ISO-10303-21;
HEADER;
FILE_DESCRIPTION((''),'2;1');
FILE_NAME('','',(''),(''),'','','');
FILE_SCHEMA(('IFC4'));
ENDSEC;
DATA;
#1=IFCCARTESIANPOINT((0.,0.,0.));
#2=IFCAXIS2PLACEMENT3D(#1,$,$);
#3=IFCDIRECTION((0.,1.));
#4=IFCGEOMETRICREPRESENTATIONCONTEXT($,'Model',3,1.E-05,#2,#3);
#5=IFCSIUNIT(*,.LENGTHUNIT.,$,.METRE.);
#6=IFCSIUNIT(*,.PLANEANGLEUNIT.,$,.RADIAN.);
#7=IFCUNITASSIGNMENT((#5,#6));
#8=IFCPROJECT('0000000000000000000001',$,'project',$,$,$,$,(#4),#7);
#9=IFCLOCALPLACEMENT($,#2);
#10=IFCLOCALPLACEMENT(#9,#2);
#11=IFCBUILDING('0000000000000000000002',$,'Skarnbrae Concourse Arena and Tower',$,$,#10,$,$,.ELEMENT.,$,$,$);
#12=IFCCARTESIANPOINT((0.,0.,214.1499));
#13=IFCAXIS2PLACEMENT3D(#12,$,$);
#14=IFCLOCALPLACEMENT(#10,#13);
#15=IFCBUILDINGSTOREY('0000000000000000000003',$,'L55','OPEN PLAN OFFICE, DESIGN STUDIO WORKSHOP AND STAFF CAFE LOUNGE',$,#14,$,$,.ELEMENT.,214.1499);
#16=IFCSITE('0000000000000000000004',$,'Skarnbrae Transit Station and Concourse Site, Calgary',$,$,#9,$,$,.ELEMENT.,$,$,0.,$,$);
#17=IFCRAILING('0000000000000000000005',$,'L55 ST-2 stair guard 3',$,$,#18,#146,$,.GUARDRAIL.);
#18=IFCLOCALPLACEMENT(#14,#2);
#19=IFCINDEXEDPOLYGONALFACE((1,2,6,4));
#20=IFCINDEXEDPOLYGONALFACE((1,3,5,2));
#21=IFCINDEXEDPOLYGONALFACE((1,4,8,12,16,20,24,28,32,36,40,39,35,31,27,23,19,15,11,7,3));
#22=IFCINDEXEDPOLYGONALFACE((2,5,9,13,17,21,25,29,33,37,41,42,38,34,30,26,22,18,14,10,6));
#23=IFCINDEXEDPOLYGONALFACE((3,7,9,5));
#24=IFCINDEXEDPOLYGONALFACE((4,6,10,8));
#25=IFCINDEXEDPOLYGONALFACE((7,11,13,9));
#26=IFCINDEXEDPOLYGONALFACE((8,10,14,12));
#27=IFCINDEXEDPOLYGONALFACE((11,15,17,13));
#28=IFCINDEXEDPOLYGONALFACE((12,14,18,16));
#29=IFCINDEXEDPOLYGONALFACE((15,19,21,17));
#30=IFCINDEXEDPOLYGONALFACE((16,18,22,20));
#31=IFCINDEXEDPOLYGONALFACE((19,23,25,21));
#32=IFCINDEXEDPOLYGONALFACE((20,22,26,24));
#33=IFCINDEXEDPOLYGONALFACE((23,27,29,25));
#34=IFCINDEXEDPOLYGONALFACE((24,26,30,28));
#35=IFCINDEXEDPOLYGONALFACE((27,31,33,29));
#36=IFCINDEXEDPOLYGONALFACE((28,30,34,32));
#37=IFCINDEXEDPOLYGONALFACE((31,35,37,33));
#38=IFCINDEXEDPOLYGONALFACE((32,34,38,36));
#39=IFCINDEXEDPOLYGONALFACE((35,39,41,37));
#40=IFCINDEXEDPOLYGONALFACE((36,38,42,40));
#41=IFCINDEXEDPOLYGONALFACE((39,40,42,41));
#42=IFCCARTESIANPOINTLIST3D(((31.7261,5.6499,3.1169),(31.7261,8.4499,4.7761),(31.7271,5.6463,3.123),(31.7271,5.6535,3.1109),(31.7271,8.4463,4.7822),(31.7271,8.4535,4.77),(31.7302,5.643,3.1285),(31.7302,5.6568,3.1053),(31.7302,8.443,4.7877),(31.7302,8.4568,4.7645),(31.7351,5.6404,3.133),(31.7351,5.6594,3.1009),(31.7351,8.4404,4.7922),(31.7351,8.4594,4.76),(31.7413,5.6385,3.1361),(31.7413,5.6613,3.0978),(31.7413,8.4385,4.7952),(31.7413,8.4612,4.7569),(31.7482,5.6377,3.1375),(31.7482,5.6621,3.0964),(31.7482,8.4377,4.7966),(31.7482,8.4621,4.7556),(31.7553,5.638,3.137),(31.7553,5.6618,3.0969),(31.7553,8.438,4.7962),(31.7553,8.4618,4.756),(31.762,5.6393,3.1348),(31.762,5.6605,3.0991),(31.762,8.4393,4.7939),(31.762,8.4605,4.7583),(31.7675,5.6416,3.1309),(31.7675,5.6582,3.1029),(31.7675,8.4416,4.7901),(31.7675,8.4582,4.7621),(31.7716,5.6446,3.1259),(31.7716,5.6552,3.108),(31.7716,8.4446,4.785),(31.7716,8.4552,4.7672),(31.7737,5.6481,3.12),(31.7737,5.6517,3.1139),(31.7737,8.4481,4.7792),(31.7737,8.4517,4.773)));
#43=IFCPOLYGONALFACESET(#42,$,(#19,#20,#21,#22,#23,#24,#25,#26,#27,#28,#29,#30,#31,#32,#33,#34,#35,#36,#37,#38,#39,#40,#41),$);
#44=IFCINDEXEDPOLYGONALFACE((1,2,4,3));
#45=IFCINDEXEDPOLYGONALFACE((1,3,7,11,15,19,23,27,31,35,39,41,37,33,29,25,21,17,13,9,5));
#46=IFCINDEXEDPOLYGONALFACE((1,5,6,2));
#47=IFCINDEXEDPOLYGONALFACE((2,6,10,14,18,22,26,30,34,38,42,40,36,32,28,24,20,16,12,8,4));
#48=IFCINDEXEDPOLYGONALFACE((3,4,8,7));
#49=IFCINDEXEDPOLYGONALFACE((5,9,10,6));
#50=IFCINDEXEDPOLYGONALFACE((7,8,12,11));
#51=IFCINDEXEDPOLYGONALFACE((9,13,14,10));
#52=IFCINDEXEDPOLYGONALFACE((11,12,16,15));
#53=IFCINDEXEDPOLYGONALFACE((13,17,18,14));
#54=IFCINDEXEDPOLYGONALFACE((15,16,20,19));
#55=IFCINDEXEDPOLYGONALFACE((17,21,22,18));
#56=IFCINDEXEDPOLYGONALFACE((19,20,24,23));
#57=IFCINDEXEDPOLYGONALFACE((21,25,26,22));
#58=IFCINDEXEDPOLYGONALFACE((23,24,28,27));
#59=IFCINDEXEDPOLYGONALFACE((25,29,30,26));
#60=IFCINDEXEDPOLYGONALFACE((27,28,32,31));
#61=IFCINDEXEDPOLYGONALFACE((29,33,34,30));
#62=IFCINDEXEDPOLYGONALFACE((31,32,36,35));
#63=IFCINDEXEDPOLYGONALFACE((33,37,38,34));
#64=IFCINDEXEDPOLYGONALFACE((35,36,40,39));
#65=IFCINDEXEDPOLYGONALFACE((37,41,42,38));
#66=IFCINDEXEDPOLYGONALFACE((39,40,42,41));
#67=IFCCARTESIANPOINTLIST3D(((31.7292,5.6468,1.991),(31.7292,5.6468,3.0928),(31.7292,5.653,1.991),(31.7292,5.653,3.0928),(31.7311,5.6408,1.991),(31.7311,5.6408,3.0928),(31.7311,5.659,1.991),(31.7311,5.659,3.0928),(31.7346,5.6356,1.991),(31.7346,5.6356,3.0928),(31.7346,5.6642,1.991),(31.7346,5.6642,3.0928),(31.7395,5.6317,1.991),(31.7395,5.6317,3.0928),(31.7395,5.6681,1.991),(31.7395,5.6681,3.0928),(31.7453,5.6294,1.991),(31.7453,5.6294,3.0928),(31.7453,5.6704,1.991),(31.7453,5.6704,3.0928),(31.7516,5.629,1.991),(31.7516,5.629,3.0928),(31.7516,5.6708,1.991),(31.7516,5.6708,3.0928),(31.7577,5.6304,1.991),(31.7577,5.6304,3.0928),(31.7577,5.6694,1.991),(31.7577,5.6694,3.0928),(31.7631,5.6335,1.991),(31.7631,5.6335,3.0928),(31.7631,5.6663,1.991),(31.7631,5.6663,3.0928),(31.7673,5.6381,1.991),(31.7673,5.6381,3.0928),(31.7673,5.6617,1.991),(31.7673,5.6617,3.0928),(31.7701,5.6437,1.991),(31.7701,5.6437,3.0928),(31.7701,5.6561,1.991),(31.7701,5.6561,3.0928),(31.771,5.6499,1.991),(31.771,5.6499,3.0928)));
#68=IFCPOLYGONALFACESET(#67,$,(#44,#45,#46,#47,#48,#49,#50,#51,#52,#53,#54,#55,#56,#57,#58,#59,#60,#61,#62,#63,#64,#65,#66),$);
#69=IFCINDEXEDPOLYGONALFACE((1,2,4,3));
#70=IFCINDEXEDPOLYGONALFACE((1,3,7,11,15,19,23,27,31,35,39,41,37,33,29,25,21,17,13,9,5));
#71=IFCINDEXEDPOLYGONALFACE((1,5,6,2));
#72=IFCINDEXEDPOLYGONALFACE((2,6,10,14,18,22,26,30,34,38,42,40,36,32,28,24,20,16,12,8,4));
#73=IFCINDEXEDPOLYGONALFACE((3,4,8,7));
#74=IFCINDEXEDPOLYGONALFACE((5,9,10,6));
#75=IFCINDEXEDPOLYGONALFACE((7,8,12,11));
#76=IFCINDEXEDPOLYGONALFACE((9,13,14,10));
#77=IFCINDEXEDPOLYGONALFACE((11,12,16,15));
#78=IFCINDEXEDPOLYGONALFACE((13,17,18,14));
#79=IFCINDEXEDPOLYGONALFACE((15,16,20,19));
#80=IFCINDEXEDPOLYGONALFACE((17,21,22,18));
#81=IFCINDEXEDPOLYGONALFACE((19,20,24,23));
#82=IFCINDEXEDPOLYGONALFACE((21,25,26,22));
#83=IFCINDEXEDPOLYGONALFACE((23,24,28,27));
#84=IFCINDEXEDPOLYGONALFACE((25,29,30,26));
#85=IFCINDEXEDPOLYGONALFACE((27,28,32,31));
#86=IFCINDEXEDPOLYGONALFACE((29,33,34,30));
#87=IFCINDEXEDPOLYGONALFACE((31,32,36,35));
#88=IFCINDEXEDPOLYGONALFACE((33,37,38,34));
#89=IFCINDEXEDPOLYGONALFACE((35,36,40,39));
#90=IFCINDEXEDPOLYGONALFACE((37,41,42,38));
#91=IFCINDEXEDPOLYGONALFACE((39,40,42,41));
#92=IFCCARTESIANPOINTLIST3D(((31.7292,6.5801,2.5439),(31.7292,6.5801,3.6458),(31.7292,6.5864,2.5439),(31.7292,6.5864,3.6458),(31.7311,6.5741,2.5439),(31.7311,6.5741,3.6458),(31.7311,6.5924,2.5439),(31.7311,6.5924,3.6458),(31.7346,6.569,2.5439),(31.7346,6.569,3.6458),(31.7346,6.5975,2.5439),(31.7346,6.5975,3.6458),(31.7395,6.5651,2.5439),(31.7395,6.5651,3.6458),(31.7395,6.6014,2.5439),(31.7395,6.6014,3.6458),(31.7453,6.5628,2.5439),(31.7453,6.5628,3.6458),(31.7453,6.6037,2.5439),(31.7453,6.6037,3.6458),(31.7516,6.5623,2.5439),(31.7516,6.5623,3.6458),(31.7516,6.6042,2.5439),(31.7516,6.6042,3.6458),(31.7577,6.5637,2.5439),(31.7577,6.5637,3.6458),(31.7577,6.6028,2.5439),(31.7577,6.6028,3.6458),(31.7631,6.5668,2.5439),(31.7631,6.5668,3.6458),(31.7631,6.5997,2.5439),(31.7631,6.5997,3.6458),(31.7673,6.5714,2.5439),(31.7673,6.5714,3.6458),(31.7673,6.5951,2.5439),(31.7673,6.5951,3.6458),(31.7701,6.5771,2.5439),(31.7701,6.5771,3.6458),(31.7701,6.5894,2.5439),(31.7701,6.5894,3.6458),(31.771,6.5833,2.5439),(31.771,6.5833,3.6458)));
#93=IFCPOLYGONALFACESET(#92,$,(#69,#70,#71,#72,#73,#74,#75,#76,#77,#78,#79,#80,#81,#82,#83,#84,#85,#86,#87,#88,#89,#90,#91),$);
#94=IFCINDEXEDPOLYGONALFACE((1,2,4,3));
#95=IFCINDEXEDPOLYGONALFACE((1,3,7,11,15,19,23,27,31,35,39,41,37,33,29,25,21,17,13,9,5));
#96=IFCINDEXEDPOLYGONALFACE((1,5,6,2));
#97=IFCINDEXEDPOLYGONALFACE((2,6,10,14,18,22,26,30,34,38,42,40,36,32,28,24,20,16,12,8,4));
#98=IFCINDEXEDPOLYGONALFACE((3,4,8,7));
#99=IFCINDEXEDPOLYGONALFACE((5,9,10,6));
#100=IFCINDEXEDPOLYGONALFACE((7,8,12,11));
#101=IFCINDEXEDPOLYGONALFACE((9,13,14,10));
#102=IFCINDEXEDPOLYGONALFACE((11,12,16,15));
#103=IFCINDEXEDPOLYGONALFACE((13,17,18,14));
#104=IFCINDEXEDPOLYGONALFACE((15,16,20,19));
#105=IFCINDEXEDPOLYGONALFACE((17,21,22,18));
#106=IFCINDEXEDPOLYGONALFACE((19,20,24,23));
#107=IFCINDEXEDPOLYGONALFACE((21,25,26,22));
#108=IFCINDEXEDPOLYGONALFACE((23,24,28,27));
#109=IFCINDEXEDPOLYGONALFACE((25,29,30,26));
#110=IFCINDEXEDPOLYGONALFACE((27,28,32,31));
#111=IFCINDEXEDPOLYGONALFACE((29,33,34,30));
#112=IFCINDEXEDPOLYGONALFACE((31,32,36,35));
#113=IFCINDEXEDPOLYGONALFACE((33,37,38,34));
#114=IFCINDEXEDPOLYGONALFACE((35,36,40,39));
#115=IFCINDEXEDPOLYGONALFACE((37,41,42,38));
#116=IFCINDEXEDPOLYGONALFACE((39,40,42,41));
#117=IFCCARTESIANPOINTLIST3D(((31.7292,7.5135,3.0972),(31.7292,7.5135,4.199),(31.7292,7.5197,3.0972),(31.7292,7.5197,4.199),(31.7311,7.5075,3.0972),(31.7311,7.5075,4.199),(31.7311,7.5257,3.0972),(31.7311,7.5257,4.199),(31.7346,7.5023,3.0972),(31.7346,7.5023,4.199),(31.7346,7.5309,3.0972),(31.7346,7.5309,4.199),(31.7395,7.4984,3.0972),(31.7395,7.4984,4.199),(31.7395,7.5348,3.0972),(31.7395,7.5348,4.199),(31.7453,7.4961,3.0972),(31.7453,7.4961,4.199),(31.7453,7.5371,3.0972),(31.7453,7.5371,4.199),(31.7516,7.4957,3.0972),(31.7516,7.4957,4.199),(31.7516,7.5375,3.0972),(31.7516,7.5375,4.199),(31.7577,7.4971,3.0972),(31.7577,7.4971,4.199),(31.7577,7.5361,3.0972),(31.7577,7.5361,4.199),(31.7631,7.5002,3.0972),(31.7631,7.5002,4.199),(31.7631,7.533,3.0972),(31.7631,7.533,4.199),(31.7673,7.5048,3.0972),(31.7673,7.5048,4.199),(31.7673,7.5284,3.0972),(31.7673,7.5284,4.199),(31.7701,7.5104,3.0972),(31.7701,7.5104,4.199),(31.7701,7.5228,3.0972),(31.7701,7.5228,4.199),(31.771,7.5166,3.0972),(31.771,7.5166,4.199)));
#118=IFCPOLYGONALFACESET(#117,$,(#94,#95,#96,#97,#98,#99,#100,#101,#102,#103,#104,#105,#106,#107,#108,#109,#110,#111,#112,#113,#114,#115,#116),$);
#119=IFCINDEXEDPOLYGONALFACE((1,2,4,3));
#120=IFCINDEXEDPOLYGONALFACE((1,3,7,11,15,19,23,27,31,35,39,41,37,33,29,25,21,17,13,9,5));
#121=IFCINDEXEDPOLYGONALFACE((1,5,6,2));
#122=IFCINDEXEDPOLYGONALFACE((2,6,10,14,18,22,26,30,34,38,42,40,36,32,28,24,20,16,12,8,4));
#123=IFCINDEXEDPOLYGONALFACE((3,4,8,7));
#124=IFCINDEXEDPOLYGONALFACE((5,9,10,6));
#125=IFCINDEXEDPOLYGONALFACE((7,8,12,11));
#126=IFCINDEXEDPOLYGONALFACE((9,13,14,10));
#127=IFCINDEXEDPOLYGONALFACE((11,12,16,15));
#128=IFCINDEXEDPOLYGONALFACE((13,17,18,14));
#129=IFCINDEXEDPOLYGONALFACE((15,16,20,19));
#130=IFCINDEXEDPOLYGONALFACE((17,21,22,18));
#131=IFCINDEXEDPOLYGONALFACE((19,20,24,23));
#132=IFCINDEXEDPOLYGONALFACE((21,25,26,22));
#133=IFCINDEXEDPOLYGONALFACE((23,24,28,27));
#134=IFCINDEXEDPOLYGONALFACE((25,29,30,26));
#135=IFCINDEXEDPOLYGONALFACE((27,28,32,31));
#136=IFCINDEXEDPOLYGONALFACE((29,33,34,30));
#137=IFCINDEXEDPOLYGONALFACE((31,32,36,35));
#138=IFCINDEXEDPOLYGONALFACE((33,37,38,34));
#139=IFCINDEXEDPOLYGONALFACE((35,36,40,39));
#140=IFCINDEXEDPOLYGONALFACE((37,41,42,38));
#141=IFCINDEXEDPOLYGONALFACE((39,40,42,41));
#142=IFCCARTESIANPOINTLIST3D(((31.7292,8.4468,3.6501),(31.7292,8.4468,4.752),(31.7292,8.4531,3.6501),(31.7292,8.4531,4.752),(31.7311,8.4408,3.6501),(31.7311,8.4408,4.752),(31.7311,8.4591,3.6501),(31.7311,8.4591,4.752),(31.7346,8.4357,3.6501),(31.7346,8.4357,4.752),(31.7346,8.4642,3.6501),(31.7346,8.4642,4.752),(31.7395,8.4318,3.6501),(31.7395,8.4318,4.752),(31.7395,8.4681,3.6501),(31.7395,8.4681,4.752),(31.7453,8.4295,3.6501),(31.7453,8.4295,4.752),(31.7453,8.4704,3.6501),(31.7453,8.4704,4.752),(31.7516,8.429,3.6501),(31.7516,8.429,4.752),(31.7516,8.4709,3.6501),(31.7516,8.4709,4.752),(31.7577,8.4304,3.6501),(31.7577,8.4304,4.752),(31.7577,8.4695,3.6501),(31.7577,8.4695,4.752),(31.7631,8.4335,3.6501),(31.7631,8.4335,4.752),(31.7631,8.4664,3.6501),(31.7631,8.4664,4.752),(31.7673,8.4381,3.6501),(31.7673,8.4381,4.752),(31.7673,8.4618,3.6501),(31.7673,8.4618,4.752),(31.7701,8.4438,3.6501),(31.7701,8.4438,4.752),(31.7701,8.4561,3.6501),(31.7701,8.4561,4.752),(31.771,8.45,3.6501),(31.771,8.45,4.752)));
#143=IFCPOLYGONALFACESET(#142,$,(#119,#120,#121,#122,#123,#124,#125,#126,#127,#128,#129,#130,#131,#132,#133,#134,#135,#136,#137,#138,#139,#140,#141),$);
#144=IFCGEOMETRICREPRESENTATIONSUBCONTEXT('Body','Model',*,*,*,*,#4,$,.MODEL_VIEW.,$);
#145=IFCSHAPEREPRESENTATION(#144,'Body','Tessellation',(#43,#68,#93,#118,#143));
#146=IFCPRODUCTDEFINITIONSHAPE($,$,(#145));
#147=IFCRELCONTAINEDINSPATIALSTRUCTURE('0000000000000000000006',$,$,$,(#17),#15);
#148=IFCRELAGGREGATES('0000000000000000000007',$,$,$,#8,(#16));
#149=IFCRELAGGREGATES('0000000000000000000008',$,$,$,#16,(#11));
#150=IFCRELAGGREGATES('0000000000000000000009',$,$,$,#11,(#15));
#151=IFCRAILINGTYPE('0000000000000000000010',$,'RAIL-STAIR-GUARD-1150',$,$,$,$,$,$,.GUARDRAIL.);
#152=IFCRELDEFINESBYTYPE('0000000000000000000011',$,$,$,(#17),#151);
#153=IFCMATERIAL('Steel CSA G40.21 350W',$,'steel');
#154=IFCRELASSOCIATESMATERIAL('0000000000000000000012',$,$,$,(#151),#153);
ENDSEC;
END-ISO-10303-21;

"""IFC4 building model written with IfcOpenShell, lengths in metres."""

from ifc_helpers import new_model, si_unit, direction, frame, origin, origin_2d, place, context, subcontext, project, spatial, circle, extrude, material, type_object, element, save


model = new_model("IFC4")

# Units and contexts
model_context = context("Model", 3, precision=1e-05, world=origin(), true_north=direction((0.0, 1.0)))
body_context = subcontext(model_context, "Body", "Model", "MODEL_VIEW")
ifc_project = project(units=[si_unit("LENGTHUNIT", "METRE"), si_unit("PLANEANGLEUNIT", "RADIAN")], contexts=[model_context])

# Site, building, storey
site_placement = place(None, origin())
site = spatial("IfcSite", under=ifc_project, at=site_placement, Name="Skarnbrae Transit Station and Concourse Site, Calgary", CompositionType="ELEMENT", RefElevation=0.0)
building_placement = place(site_placement, origin())
building = spatial("IfcBuilding", under=site, at=building_placement, Name="Skarnbrae Concourse Arena and Tower", CompositionType="ELEMENT")
storey_placement = place(building_placement, frame((0.0, 0.0, 214.1499)))
storey = spatial("IfcBuildingStorey", under=building, at=storey_placement, Name="L55", Description="OPEN PLAN OFFICE, DESIGN STUDIO WORKSHOP AND STAFF CAFE LOUNGE", CompositionType="ELEMENT", Elevation=214.1499)

# Shared definitions
ifc_material_1 = material(Name="Steel CSA G40.21 350W", Category="steel")

# Railing
railing_type_1 = type_object("IfcRailingType", Name="RAIL-STAIR-GUARD-1150", PredefinedType="GUARDRAIL", material=ifc_material_1)
railing_1_placement = place(storey_placement, frame((31.75, 5.6499, 1.991)))
element("IfcRailing", 1, at=railing_1_placement, inside=storey, type_object=railing_type_1, Name="L55 ST-2 stair guard 3", PredefinedType="GUARDRAIL", context=body_context, shape_type="SweptSolid", body=[
    extrude(circle(Radius=0.0239, at=origin_2d()), frame((0.0, 0.0, 1.126), z_axis=(0.0, 0.860306, 0.509778), x_axis=(-1.0, 0.0, 0.0)), (0.0, 0.0, 1.0), 3.2546),
    extrude(circle(Radius=0.021, at=origin_2d()), origin(), (0.0, 0.0, 1.0), 1.1018),
    extrude(circle(Radius=0.021, at=origin_2d()), frame((0.0, 0.9333, 0.553)), (0.0, 0.0, 1.0), 1.1018),
    extrude(circle(Radius=0.021, at=origin_2d()), frame((0.0, 1.8667, 1.1062)), (0.0, 0.0, 1.0), 1.1018),
    extrude(circle(Radius=0.021, at=origin_2d()), frame((0.0, 2.8, 1.6592)), (0.0, 0.0, 1.0), 1.1018),
])

save(model, "model.ifc")
